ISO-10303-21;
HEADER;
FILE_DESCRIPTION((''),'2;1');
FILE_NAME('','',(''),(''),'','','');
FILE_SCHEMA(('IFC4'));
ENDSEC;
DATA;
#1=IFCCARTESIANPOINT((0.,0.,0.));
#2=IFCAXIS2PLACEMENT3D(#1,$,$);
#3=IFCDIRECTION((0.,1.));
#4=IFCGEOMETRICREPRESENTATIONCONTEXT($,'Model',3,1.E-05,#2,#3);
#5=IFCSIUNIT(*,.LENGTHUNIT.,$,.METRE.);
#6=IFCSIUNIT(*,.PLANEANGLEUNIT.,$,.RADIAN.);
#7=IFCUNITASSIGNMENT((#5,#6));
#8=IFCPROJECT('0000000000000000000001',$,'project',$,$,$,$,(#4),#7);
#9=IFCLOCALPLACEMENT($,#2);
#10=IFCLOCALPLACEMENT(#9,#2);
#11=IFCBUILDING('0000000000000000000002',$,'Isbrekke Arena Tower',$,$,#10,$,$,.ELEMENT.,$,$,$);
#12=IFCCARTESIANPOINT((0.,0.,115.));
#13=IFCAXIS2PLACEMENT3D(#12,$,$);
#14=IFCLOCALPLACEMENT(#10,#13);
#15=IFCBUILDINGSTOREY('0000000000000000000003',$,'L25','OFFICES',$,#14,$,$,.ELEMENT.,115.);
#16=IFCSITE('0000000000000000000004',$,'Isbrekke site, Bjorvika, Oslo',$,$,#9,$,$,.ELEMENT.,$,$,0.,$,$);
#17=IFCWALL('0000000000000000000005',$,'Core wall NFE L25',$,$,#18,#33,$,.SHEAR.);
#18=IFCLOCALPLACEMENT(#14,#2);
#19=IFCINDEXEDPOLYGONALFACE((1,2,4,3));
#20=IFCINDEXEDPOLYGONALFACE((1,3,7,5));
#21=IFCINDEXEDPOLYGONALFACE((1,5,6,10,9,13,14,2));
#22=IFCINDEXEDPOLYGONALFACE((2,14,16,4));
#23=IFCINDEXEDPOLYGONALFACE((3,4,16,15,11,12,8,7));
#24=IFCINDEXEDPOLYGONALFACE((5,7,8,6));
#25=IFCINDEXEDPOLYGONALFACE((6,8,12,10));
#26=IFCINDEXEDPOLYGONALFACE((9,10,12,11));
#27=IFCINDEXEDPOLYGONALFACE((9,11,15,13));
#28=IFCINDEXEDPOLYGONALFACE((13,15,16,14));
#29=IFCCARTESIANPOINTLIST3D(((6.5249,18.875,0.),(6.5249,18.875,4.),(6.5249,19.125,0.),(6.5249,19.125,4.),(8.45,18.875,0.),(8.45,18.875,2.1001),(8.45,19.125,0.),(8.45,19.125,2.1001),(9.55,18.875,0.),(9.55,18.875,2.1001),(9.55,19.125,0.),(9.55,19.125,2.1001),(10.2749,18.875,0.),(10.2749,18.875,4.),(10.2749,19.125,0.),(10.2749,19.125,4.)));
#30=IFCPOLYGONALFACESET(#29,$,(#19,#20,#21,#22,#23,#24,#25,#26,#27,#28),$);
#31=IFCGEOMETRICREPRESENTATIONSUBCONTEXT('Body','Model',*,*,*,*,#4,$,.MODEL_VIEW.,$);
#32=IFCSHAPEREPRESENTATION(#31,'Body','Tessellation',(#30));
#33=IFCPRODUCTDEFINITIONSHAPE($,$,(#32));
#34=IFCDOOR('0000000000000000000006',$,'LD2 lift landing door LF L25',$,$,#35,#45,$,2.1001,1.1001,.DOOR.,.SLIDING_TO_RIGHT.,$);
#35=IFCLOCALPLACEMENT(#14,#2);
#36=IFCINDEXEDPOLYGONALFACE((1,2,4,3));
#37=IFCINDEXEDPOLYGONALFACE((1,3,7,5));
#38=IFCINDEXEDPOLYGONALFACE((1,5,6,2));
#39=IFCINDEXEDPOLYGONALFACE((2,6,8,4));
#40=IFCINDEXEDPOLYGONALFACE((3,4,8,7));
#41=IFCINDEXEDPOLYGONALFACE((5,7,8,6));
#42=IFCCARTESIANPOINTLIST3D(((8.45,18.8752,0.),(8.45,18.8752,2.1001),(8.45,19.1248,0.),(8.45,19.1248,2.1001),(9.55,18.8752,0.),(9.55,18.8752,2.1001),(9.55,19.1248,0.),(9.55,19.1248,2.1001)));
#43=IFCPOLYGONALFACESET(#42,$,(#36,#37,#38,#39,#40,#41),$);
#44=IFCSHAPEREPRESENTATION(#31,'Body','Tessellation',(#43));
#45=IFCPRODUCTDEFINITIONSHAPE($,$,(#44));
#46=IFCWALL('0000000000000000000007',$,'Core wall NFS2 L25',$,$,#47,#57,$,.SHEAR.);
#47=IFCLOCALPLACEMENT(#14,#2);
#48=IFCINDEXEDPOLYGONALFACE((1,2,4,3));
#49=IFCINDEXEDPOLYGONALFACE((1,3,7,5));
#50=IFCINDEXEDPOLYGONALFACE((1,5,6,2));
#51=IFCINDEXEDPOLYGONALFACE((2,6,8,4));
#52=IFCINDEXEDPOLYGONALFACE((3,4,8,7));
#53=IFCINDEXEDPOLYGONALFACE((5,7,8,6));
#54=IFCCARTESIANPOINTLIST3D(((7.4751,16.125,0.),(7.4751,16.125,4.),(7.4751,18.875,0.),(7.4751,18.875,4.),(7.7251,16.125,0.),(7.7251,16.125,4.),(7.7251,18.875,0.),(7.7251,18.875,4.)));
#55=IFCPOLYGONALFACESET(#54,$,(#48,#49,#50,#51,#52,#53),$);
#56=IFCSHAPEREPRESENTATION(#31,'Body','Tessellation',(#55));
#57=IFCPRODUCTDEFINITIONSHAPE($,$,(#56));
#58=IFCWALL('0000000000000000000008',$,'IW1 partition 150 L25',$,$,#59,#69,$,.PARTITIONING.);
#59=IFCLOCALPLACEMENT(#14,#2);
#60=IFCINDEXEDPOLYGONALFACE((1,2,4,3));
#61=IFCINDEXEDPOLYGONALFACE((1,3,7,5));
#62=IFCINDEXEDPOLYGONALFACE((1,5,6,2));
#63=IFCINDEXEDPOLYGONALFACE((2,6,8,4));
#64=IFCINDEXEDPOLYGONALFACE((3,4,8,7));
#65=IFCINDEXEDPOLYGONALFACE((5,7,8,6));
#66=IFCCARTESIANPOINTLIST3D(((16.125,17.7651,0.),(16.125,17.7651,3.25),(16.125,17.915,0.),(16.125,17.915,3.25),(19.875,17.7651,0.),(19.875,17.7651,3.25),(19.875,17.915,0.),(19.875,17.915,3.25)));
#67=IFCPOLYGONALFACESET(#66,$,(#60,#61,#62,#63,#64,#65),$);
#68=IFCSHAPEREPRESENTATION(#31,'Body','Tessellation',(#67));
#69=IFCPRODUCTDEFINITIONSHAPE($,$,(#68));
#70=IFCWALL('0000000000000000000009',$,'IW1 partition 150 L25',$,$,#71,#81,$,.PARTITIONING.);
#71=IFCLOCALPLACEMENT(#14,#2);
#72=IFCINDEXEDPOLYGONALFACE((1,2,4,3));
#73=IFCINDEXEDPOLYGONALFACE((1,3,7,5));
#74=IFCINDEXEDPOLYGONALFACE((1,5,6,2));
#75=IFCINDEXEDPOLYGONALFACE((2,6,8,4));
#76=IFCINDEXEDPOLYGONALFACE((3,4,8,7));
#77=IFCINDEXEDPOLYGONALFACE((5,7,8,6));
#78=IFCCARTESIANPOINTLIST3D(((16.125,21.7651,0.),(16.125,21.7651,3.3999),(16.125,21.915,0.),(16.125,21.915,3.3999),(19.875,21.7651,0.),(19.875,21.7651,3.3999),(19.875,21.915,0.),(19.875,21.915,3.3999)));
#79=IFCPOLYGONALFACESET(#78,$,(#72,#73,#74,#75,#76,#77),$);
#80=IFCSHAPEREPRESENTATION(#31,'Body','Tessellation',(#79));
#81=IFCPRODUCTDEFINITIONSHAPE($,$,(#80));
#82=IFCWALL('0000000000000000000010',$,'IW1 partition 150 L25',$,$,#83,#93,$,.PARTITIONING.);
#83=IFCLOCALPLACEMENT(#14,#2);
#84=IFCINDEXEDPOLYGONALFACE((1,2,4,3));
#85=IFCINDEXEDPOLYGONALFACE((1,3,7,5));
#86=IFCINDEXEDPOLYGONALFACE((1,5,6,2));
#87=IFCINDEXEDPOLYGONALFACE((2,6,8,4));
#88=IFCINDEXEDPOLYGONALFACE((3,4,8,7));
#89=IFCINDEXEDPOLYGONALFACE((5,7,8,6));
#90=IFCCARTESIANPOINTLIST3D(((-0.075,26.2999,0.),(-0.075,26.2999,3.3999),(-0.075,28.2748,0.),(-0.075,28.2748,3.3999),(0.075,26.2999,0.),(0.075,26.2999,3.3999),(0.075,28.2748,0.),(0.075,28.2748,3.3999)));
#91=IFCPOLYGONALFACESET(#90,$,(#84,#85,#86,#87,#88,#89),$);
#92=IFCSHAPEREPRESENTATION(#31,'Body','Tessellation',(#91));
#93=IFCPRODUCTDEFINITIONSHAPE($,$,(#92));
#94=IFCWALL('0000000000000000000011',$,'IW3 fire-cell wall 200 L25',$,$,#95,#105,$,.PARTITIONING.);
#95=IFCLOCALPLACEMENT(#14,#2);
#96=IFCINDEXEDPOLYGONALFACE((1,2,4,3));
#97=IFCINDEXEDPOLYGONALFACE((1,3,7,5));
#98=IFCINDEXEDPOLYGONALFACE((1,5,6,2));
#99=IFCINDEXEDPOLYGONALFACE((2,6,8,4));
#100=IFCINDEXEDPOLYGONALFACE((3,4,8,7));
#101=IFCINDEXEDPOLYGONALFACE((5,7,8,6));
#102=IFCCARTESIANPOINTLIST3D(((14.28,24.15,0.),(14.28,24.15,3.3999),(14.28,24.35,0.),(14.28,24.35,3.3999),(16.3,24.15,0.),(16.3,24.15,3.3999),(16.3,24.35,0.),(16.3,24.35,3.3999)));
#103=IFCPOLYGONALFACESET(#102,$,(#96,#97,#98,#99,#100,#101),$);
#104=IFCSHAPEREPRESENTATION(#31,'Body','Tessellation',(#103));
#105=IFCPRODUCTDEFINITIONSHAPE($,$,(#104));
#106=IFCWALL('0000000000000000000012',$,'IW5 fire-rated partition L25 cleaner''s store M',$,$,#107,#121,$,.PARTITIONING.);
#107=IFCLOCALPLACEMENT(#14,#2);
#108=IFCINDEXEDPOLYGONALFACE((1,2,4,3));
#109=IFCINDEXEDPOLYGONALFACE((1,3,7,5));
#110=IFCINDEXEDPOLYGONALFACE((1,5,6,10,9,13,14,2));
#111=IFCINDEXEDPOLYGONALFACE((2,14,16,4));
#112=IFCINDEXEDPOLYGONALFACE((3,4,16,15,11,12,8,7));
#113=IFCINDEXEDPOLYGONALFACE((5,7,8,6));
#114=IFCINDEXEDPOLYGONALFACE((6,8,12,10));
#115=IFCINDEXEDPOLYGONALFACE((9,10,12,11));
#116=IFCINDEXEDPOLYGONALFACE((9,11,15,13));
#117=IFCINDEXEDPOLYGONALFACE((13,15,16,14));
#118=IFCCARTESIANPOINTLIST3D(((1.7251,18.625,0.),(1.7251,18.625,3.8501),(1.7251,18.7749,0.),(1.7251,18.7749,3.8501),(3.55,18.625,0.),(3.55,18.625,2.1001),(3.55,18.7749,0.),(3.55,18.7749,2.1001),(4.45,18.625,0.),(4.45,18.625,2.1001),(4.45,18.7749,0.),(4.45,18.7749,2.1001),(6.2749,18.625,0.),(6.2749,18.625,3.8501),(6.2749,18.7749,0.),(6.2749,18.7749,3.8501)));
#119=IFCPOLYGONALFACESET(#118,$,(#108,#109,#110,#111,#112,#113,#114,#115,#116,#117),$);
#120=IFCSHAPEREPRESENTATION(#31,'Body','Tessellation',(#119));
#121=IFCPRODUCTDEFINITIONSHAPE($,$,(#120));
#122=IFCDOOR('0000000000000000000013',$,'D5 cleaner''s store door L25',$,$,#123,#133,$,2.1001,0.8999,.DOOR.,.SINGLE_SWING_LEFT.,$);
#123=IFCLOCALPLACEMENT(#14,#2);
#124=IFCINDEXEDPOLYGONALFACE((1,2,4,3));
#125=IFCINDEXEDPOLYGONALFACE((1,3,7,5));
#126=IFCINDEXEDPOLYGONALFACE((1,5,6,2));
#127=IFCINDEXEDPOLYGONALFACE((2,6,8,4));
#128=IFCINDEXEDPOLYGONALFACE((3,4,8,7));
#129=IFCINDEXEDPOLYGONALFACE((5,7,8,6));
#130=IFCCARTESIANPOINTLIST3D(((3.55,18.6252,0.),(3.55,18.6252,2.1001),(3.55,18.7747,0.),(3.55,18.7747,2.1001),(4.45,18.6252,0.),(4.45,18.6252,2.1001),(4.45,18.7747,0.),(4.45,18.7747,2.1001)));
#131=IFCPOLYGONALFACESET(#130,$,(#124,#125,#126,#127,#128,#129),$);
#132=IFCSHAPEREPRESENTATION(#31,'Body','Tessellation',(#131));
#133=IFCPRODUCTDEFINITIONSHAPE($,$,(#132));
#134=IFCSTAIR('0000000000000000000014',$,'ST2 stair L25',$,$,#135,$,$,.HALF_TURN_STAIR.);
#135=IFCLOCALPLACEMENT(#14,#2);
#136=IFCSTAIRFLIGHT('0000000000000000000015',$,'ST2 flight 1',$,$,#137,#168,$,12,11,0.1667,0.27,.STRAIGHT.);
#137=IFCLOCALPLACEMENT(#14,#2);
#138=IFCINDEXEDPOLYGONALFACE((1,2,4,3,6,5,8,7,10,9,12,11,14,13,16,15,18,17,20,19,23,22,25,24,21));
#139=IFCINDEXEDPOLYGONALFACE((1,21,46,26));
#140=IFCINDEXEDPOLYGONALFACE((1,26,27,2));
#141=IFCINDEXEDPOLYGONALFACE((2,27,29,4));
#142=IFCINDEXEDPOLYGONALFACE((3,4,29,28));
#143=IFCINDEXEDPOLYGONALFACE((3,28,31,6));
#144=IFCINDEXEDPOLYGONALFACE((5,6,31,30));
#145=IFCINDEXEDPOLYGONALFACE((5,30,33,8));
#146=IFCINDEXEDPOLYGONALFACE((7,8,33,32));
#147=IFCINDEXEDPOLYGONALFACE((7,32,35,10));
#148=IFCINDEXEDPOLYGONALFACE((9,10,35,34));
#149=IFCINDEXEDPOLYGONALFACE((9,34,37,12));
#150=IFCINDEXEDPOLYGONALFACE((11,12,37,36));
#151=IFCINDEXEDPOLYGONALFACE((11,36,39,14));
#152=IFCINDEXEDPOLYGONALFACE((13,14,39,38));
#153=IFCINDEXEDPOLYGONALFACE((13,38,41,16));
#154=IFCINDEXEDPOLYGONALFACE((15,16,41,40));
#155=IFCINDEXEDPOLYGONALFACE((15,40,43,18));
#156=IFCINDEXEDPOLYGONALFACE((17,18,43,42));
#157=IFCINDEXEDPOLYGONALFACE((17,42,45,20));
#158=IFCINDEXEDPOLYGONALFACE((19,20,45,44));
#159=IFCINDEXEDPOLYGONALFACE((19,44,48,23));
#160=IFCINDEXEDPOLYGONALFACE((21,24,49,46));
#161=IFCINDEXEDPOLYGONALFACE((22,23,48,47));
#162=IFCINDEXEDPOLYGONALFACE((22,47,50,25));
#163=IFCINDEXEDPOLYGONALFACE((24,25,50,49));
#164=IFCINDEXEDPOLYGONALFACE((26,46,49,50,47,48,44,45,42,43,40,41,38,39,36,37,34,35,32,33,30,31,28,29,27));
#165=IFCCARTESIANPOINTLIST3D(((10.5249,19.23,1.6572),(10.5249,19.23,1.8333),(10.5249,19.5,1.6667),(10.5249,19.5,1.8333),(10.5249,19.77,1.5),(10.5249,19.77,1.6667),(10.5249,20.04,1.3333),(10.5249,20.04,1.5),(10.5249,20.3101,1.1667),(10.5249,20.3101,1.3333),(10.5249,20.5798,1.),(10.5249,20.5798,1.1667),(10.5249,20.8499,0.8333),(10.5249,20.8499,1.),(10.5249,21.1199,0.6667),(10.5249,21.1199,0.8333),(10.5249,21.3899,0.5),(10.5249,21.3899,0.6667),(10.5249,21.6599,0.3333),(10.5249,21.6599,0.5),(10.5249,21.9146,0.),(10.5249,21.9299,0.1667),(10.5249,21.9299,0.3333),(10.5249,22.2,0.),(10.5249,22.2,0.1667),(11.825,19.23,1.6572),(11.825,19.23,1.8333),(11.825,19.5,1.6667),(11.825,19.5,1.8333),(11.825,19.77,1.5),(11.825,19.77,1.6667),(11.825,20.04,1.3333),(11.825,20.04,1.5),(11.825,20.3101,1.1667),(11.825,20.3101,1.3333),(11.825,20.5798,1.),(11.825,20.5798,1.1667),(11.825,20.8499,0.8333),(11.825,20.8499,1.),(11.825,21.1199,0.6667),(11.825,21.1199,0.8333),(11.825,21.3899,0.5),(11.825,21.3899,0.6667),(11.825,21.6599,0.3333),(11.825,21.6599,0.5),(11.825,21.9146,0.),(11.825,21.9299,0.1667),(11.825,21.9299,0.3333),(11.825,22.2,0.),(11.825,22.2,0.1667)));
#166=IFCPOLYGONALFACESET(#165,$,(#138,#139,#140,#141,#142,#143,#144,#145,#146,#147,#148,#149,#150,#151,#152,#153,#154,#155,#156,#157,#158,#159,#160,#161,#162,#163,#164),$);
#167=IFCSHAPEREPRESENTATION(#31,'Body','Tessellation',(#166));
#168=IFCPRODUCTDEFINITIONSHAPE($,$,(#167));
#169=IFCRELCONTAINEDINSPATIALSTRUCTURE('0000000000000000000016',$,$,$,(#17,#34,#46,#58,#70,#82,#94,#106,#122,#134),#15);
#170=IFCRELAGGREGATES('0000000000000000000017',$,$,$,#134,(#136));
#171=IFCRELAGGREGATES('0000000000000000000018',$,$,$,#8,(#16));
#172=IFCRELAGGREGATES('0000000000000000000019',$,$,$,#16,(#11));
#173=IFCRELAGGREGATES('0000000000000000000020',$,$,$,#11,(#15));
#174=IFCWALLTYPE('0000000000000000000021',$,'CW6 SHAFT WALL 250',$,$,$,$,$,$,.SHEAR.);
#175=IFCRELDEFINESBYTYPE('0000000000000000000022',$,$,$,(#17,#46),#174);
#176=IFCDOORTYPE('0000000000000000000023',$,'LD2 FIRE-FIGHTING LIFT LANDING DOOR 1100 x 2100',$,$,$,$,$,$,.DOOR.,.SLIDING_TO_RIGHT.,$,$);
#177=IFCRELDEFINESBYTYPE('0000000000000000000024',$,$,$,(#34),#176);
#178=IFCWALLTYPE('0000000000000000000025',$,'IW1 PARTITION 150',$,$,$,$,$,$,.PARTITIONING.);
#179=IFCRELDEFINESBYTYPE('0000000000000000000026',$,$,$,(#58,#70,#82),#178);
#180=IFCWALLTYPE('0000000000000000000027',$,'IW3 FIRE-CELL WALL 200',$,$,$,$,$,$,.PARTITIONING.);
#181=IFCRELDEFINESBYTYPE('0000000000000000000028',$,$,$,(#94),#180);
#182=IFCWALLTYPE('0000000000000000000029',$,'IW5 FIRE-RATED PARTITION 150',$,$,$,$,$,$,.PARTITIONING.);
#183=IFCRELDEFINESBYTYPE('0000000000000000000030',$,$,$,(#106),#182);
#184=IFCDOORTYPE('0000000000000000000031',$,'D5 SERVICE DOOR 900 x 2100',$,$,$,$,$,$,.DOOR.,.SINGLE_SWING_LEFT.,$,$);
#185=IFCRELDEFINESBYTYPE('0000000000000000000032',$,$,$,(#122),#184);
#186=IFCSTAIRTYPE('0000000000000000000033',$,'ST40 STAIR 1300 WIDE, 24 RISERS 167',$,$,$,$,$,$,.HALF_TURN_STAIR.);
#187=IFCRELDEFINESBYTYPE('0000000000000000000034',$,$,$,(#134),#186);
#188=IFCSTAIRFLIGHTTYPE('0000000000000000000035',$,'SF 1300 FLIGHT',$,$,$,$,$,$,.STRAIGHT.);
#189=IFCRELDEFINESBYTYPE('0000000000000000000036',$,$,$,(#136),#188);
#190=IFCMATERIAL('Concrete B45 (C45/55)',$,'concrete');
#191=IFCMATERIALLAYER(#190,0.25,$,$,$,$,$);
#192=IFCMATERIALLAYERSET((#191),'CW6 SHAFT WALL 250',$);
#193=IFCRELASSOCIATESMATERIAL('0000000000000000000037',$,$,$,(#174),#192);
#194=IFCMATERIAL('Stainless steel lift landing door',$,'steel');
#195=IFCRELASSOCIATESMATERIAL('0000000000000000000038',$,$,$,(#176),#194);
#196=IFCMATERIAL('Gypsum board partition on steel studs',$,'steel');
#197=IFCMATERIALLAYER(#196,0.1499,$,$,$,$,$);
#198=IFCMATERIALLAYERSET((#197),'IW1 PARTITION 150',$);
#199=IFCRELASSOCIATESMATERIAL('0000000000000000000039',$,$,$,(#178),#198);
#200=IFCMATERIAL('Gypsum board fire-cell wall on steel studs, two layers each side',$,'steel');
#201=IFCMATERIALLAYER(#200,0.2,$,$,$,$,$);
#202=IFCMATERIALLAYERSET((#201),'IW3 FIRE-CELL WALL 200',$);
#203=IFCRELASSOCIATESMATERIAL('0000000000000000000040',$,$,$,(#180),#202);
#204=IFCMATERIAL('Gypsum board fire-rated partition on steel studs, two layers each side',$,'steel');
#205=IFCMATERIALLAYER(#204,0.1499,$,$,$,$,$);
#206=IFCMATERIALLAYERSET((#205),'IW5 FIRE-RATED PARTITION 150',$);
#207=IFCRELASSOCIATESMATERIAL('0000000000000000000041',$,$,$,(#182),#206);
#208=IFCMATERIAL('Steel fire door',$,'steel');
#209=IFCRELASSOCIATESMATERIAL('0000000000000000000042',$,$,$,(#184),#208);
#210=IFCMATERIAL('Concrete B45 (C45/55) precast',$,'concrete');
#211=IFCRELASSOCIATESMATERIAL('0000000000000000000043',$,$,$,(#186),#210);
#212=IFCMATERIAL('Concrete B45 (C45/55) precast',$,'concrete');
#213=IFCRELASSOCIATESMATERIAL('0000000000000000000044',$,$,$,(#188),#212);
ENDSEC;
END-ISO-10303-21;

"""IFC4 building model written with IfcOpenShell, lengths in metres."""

from ifc_helpers import new_model, si_unit, direction, frame, frame_2d, origin, place, context, subcontext, project, spatial, polyline, rectangle, outline, extrude, material, layer, layer_set, type_object, element, fill, aggregate, save


model = new_model("IFC4")

# Units and contexts
model_context = context("Model", 3, precision=1e-05, world=origin(), true_north=direction((0.0, 1.0)))
body_context = subcontext(model_context, "Body", "Model", "MODEL_VIEW")
ifc_project = project(units=[si_unit("LENGTHUNIT", "METRE"), si_unit("PLANEANGLEUNIT", "RADIAN")], contexts=[model_context])

# Site, building, storey
site_placement = place(None, origin())
site = spatial("IfcSite", under=ifc_project, at=site_placement, Name="Isbrekke site, Bjorvika, Oslo", CompositionType="ELEMENT", RefElevation=0.0)
building_placement = place(site_placement, origin())
building = spatial("IfcBuilding", under=site, at=building_placement, Name="Isbrekke Arena Tower", CompositionType="ELEMENT")
storey_placement = place(building_placement, frame((0.0, 0.0, 115.0)))
storey = spatial("IfcBuildingStorey", under=building, at=storey_placement, Name="L25", Description="OFFICES", CompositionType="ELEMENT", Elevation=115.0)

# Shared definitions
ifc_material_1 = material(Name="Concrete B45 (C45/55)", Category="concrete")
ifc_layer_1 = layer(ifc_material_1, 0.25)
ifc_layer_set_1 = layer_set([ifc_layer_1], Name="CW6 SHAFT WALL 250")
wall_type_1 = type_object("IfcWallType", Name="CW6 SHAFT WALL 250", PredefinedType="SHEAR", material=ifc_layer_set_1)

# Wall, opening, door
wall_1_placement = place(storey_placement, frame((6.5249, 19.0, 0.0), z_axis=(0.0, 0.0, 1.0), x_axis=(1.0, 0.0, 0.0)))
wall_1 = element("IfcWall", 1, at=wall_1_placement, inside=storey, type_object=wall_type_1, Name="Core wall NFE L25", PredefinedType="SHEAR", context=body_context, shape_type="SweptSolid", body=[
    extrude(rectangle(XDim=3.75, YDim=0.25, at=frame_2d((1.875, 0.0))), origin(), (0.0, 0.0, 1.0), 4.0),
])
opening_1_placement = place(wall_1_placement, frame((1.925, 0.0, 0.0)))
opening_1 = element("IfcOpeningElement", 2, at=opening_1_placement, cuts=wall_1, PredefinedType="OPENING", context=body_context, shape_type="SweptSolid", body=[
    extrude(rectangle(XDim=1.1001, YDim=2.1001, at=frame_2d((0.55, 1.05))), frame((0.0, 0.1399, 0.0), z_axis=(0.0, -1.0, 0.0), x_axis=(1.0, 0.0, 0.0)), (0.0, 0.0, 1.0), 0.2798),
])
ifc_material_2 = material(Name="Stainless steel lift landing door", Category="steel")
door_type_1 = type_object("IfcDoorType", Name="LD2 FIRE-FIGHTING LIFT LANDING DOOR 1100 x 2100", OperationType="SLIDING_TO_RIGHT", PredefinedType="DOOR", material=ifc_material_2)
door_1_placement = place(opening_1_placement, origin())
door_1 = element("IfcDoor", 3, at=door_1_placement, inside=storey, type_object=door_type_1, Name="LD2 lift landing door LF L25", OperationType="SLIDING_TO_RIGHT", OverallHeight=2.1001, OverallWidth=1.1001, PredefinedType="DOOR", context=body_context, shape_type="SweptSolid", body=[
    extrude(rectangle(XDim=1.1001, YDim=2.1001, at=frame_2d((0.55, 1.05))), frame((0.0, 0.1248, 0.0), z_axis=(0.0, -1.0, 0.0), x_axis=(1.0, 0.0, 0.0)), (0.0, 0.0, 1.0), 0.2495),
])
fill(opening_1, door_1)

# Walls
wall_2_placement = place(storey_placement, frame((7.6001, 16.125, 0.0), z_axis=(0.0, 0.0, 1.0), x_axis=(0.0, 1.0, 0.0)))
element("IfcWall", 4, at=wall_2_placement, inside=storey, type_object=wall_type_1, Name="Core wall NFS2 L25", PredefinedType="SHEAR", context=body_context, shape_type="SweptSolid", body=[
    extrude(rectangle(XDim=2.75, YDim=0.25, at=frame_2d((1.375, 0.0))), origin(), (0.0, 0.0, 1.0), 4.0),
])
ifc_material_3 = material(Name="Gypsum board partition on steel studs", Category="steel")
ifc_layer_2 = layer(ifc_material_3, 0.1499)
ifc_layer_set_2 = layer_set([ifc_layer_2], Name="IW1 PARTITION 150")
wall_type_2 = type_object("IfcWallType", Name="IW1 PARTITION 150", PredefinedType="PARTITIONING", material=ifc_layer_set_2)
wall_3_placement = place(storey_placement, frame((16.125, 17.8401, 0.0), z_axis=(0.0, 0.0, 1.0), x_axis=(1.0, 0.0, 0.0)))
element("IfcWall", 5, at=wall_3_placement, inside=storey, type_object=wall_type_2, Name="IW1 partition 150 L25", PredefinedType="PARTITIONING", context=body_context, shape_type="SweptSolid", body=[
    extrude(rectangle(XDim=3.75, YDim=0.1499, at=frame_2d((1.875, 0.0))), origin(), (0.0, 0.0, 1.0), 3.25),
])
wall_4_placement = place(storey_placement, frame((16.125, 21.8401, 0.0), z_axis=(0.0, 0.0, 1.0), x_axis=(1.0, 0.0, 0.0)))
element("IfcWall", 6, at=wall_4_placement, inside=storey, type_object=wall_type_2, Name="IW1 partition 150 L25", PredefinedType="PARTITIONING", context=body_context, shape_type="SweptSolid", body=[
    extrude(rectangle(XDim=3.75, YDim=0.1499, at=frame_2d((1.875, 0.0))), origin(), (0.0, 0.0, 1.0), 3.3999),
])
wall_5_placement = place(storey_placement, frame((0.0, 26.3, 0.0), z_axis=(0.0, 0.0, 1.0), x_axis=(0.0, 1.0, 0.0)))
element("IfcWall", 7, at=wall_5_placement, inside=storey, type_object=wall_type_2, Name="IW1 partition 150 L25", PredefinedType="PARTITIONING", context=body_context, shape_type="SweptSolid", body=[
    extrude(rectangle(XDim=1.9749, YDim=0.1499, at=frame_2d((0.9873, 0.0))), origin(), (0.0, 0.0, 1.0), 3.3999),
])
ifc_material_4 = material(Name="Gypsum board fire-cell wall on steel studs, two layers each side", Category="steel")
ifc_layer_3 = layer(ifc_material_4, 0.2)
ifc_layer_set_3 = layer_set([ifc_layer_3], Name="IW3 FIRE-CELL WALL 200")
wall_type_3 = type_object("IfcWallType", Name="IW3 FIRE-CELL WALL 200", PredefinedType="PARTITIONING", material=ifc_layer_set_3)
wall_6_placement = place(storey_placement, frame((14.28, 24.25, 0.0), z_axis=(0.0, 0.0, 1.0), x_axis=(1.0, 0.0, 0.0)))
element("IfcWall", 8, at=wall_6_placement, inside=storey, type_object=wall_type_3, Name="IW3 fire-cell wall 200 L25", PredefinedType="PARTITIONING", context=body_context, shape_type="SweptSolid", body=[
    extrude(rectangle(XDim=2.02, YDim=0.2, at=frame_2d((1.01, 0.0))), origin(), (0.0, 0.0, 1.0), 3.3999),
])

# Wall, opening, door
ifc_material_5 = material(Name="Gypsum board fire-rated partition on steel studs, two layers each side", Category="steel")
ifc_layer_4 = layer(ifc_material_5, 0.1499)
ifc_layer_set_4 = layer_set([ifc_layer_4], Name="IW5 FIRE-RATED PARTITION 150")
wall_type_4 = type_object("IfcWallType", Name="IW5 FIRE-RATED PARTITION 150", PredefinedType="PARTITIONING", material=ifc_layer_set_4)
wall_7_placement = place(storey_placement, frame((1.7251, 18.7, 0.0), z_axis=(0.0, 0.0, 1.0), x_axis=(1.0, 0.0, 0.0)))
wall_7 = element("IfcWall", 9, at=wall_7_placement, inside=storey, type_object=wall_type_4, Name="IW5 fire-rated partition L25 cleaner's store M", PredefinedType="PARTITIONING", context=body_context, shape_type="SweptSolid", body=[
    extrude(rectangle(XDim=4.5498, YDim=0.1499, at=frame_2d((2.2749, 0.0))), origin(), (0.0, 0.0, 1.0), 3.8501),
])
opening_2_placement = place(wall_7_placement, frame((1.825, 0.0, 0.0)))
opening_2 = element("IfcOpeningElement", 10, at=opening_2_placement, cuts=wall_7, PredefinedType="OPENING", context=body_context, shape_type="SweptSolid", body=[
    extrude(rectangle(XDim=0.8999, YDim=2.1001, at=frame_2d((0.45, 1.05))), frame((0.0, 0.0898, 0.0), z_axis=(0.0, -1.0, 0.0), x_axis=(1.0, 0.0, 0.0)), (0.0, 0.0, 1.0), 0.1797),
])
ifc_material_6 = material(Name="Steel fire door", Category="steel")
door_type_2 = type_object("IfcDoorType", Name="D5 SERVICE DOOR 900 x 2100", OperationType="SINGLE_SWING_LEFT", PredefinedType="DOOR", material=ifc_material_6)
door_2_placement = place(opening_2_placement, origin())
door_2 = element("IfcDoor", 11, at=door_2_placement, inside=storey, type_object=door_type_2, Name="D5 cleaner's store door L25", OperationType="SINGLE_SWING_LEFT", OverallHeight=2.1001, OverallWidth=0.8999, PredefinedType="DOOR", context=body_context, shape_type="SweptSolid", body=[
    extrude(rectangle(XDim=0.8999, YDim=2.1001, at=frame_2d((0.45, 1.05))), frame((0.0, 0.0747, 0.0), z_axis=(0.0, -1.0, 0.0), x_axis=(1.0, 0.0, 0.0)), (0.0, 0.0, 1.0), 0.1494),
])
fill(opening_2, door_2)

# Stair, stair flight
ifc_material_7 = material(Name="Concrete B45 (C45/55) precast", Category="concrete")
stair_type = type_object("IfcStairType", Name="ST40 STAIR 1300 WIDE, 24 RISERS 167", PredefinedType="HALF_TURN_STAIR", material=ifc_material_7)
stair_placement = place(storey_placement, origin())
stair = element("IfcStair", 12, at=stair_placement, inside=storey, type_object=stair_type, Name="ST2 stair L25", PredefinedType="HALF_TURN_STAIR")
ifc_material_8 = material(Name="Concrete B45 (C45/55) precast", Category="concrete")
stair_flight_type = type_object("IfcStairFlightType", Name="SF 1300 FLIGHT", PredefinedType="STRAIGHT", material=ifc_material_8)
stair_flight_1_placement = place(storey_placement, frame((11.175, 22.2, 0.0), z_axis=(0.0, 0.0, 1.0), x_axis=(0.0, -1.0, 0.0)))
stair_flight_1 = element("IfcStairFlight", 13, at=stair_flight_1_placement, type_object=stair_flight_type, Name="ST2 flight 1", NumberOfRisers=12, NumberOfTreads=11, PredefinedType="STRAIGHT", RiserHeight=0.1667, TreadLength=0.27, context=body_context, shape_type="SweptSolid", body=[
    extrude(outline(polyline([(0.0, 0.0), (0.0, 0.1667), (0.27, 0.1667), (0.27, 0.3333), (0.54, 0.3333), (0.54, 0.5), (0.8101, 0.5), (0.8101, 0.6667), (1.0801, 0.6667), (1.0801, 0.8333), (1.3501, 0.8333), (1.3501, 1.0), (1.6201, 1.0), (1.6201, 1.1667), (1.8899, 1.1667), (1.8899, 1.3333), (2.1599, 1.3333), (2.1599, 1.5), (2.4299, 1.5), (2.4299, 1.6667), (2.7, 1.6667), (2.7, 1.8333), (2.97, 1.8333), (2.97, 2.0), (2.97, 1.6572), (0.2854, 0.0), (0.0, 0.0)])), frame((0.0, 0.6499, 0.0), z_axis=(0.0, -1.0, 0.0), x_axis=(1.0, 0.0, 0.0)), (0.0, 0.0, 1.0), 1.3),
])
aggregate(stair, [stair_flight_1])

save(model, "model.ifc")
